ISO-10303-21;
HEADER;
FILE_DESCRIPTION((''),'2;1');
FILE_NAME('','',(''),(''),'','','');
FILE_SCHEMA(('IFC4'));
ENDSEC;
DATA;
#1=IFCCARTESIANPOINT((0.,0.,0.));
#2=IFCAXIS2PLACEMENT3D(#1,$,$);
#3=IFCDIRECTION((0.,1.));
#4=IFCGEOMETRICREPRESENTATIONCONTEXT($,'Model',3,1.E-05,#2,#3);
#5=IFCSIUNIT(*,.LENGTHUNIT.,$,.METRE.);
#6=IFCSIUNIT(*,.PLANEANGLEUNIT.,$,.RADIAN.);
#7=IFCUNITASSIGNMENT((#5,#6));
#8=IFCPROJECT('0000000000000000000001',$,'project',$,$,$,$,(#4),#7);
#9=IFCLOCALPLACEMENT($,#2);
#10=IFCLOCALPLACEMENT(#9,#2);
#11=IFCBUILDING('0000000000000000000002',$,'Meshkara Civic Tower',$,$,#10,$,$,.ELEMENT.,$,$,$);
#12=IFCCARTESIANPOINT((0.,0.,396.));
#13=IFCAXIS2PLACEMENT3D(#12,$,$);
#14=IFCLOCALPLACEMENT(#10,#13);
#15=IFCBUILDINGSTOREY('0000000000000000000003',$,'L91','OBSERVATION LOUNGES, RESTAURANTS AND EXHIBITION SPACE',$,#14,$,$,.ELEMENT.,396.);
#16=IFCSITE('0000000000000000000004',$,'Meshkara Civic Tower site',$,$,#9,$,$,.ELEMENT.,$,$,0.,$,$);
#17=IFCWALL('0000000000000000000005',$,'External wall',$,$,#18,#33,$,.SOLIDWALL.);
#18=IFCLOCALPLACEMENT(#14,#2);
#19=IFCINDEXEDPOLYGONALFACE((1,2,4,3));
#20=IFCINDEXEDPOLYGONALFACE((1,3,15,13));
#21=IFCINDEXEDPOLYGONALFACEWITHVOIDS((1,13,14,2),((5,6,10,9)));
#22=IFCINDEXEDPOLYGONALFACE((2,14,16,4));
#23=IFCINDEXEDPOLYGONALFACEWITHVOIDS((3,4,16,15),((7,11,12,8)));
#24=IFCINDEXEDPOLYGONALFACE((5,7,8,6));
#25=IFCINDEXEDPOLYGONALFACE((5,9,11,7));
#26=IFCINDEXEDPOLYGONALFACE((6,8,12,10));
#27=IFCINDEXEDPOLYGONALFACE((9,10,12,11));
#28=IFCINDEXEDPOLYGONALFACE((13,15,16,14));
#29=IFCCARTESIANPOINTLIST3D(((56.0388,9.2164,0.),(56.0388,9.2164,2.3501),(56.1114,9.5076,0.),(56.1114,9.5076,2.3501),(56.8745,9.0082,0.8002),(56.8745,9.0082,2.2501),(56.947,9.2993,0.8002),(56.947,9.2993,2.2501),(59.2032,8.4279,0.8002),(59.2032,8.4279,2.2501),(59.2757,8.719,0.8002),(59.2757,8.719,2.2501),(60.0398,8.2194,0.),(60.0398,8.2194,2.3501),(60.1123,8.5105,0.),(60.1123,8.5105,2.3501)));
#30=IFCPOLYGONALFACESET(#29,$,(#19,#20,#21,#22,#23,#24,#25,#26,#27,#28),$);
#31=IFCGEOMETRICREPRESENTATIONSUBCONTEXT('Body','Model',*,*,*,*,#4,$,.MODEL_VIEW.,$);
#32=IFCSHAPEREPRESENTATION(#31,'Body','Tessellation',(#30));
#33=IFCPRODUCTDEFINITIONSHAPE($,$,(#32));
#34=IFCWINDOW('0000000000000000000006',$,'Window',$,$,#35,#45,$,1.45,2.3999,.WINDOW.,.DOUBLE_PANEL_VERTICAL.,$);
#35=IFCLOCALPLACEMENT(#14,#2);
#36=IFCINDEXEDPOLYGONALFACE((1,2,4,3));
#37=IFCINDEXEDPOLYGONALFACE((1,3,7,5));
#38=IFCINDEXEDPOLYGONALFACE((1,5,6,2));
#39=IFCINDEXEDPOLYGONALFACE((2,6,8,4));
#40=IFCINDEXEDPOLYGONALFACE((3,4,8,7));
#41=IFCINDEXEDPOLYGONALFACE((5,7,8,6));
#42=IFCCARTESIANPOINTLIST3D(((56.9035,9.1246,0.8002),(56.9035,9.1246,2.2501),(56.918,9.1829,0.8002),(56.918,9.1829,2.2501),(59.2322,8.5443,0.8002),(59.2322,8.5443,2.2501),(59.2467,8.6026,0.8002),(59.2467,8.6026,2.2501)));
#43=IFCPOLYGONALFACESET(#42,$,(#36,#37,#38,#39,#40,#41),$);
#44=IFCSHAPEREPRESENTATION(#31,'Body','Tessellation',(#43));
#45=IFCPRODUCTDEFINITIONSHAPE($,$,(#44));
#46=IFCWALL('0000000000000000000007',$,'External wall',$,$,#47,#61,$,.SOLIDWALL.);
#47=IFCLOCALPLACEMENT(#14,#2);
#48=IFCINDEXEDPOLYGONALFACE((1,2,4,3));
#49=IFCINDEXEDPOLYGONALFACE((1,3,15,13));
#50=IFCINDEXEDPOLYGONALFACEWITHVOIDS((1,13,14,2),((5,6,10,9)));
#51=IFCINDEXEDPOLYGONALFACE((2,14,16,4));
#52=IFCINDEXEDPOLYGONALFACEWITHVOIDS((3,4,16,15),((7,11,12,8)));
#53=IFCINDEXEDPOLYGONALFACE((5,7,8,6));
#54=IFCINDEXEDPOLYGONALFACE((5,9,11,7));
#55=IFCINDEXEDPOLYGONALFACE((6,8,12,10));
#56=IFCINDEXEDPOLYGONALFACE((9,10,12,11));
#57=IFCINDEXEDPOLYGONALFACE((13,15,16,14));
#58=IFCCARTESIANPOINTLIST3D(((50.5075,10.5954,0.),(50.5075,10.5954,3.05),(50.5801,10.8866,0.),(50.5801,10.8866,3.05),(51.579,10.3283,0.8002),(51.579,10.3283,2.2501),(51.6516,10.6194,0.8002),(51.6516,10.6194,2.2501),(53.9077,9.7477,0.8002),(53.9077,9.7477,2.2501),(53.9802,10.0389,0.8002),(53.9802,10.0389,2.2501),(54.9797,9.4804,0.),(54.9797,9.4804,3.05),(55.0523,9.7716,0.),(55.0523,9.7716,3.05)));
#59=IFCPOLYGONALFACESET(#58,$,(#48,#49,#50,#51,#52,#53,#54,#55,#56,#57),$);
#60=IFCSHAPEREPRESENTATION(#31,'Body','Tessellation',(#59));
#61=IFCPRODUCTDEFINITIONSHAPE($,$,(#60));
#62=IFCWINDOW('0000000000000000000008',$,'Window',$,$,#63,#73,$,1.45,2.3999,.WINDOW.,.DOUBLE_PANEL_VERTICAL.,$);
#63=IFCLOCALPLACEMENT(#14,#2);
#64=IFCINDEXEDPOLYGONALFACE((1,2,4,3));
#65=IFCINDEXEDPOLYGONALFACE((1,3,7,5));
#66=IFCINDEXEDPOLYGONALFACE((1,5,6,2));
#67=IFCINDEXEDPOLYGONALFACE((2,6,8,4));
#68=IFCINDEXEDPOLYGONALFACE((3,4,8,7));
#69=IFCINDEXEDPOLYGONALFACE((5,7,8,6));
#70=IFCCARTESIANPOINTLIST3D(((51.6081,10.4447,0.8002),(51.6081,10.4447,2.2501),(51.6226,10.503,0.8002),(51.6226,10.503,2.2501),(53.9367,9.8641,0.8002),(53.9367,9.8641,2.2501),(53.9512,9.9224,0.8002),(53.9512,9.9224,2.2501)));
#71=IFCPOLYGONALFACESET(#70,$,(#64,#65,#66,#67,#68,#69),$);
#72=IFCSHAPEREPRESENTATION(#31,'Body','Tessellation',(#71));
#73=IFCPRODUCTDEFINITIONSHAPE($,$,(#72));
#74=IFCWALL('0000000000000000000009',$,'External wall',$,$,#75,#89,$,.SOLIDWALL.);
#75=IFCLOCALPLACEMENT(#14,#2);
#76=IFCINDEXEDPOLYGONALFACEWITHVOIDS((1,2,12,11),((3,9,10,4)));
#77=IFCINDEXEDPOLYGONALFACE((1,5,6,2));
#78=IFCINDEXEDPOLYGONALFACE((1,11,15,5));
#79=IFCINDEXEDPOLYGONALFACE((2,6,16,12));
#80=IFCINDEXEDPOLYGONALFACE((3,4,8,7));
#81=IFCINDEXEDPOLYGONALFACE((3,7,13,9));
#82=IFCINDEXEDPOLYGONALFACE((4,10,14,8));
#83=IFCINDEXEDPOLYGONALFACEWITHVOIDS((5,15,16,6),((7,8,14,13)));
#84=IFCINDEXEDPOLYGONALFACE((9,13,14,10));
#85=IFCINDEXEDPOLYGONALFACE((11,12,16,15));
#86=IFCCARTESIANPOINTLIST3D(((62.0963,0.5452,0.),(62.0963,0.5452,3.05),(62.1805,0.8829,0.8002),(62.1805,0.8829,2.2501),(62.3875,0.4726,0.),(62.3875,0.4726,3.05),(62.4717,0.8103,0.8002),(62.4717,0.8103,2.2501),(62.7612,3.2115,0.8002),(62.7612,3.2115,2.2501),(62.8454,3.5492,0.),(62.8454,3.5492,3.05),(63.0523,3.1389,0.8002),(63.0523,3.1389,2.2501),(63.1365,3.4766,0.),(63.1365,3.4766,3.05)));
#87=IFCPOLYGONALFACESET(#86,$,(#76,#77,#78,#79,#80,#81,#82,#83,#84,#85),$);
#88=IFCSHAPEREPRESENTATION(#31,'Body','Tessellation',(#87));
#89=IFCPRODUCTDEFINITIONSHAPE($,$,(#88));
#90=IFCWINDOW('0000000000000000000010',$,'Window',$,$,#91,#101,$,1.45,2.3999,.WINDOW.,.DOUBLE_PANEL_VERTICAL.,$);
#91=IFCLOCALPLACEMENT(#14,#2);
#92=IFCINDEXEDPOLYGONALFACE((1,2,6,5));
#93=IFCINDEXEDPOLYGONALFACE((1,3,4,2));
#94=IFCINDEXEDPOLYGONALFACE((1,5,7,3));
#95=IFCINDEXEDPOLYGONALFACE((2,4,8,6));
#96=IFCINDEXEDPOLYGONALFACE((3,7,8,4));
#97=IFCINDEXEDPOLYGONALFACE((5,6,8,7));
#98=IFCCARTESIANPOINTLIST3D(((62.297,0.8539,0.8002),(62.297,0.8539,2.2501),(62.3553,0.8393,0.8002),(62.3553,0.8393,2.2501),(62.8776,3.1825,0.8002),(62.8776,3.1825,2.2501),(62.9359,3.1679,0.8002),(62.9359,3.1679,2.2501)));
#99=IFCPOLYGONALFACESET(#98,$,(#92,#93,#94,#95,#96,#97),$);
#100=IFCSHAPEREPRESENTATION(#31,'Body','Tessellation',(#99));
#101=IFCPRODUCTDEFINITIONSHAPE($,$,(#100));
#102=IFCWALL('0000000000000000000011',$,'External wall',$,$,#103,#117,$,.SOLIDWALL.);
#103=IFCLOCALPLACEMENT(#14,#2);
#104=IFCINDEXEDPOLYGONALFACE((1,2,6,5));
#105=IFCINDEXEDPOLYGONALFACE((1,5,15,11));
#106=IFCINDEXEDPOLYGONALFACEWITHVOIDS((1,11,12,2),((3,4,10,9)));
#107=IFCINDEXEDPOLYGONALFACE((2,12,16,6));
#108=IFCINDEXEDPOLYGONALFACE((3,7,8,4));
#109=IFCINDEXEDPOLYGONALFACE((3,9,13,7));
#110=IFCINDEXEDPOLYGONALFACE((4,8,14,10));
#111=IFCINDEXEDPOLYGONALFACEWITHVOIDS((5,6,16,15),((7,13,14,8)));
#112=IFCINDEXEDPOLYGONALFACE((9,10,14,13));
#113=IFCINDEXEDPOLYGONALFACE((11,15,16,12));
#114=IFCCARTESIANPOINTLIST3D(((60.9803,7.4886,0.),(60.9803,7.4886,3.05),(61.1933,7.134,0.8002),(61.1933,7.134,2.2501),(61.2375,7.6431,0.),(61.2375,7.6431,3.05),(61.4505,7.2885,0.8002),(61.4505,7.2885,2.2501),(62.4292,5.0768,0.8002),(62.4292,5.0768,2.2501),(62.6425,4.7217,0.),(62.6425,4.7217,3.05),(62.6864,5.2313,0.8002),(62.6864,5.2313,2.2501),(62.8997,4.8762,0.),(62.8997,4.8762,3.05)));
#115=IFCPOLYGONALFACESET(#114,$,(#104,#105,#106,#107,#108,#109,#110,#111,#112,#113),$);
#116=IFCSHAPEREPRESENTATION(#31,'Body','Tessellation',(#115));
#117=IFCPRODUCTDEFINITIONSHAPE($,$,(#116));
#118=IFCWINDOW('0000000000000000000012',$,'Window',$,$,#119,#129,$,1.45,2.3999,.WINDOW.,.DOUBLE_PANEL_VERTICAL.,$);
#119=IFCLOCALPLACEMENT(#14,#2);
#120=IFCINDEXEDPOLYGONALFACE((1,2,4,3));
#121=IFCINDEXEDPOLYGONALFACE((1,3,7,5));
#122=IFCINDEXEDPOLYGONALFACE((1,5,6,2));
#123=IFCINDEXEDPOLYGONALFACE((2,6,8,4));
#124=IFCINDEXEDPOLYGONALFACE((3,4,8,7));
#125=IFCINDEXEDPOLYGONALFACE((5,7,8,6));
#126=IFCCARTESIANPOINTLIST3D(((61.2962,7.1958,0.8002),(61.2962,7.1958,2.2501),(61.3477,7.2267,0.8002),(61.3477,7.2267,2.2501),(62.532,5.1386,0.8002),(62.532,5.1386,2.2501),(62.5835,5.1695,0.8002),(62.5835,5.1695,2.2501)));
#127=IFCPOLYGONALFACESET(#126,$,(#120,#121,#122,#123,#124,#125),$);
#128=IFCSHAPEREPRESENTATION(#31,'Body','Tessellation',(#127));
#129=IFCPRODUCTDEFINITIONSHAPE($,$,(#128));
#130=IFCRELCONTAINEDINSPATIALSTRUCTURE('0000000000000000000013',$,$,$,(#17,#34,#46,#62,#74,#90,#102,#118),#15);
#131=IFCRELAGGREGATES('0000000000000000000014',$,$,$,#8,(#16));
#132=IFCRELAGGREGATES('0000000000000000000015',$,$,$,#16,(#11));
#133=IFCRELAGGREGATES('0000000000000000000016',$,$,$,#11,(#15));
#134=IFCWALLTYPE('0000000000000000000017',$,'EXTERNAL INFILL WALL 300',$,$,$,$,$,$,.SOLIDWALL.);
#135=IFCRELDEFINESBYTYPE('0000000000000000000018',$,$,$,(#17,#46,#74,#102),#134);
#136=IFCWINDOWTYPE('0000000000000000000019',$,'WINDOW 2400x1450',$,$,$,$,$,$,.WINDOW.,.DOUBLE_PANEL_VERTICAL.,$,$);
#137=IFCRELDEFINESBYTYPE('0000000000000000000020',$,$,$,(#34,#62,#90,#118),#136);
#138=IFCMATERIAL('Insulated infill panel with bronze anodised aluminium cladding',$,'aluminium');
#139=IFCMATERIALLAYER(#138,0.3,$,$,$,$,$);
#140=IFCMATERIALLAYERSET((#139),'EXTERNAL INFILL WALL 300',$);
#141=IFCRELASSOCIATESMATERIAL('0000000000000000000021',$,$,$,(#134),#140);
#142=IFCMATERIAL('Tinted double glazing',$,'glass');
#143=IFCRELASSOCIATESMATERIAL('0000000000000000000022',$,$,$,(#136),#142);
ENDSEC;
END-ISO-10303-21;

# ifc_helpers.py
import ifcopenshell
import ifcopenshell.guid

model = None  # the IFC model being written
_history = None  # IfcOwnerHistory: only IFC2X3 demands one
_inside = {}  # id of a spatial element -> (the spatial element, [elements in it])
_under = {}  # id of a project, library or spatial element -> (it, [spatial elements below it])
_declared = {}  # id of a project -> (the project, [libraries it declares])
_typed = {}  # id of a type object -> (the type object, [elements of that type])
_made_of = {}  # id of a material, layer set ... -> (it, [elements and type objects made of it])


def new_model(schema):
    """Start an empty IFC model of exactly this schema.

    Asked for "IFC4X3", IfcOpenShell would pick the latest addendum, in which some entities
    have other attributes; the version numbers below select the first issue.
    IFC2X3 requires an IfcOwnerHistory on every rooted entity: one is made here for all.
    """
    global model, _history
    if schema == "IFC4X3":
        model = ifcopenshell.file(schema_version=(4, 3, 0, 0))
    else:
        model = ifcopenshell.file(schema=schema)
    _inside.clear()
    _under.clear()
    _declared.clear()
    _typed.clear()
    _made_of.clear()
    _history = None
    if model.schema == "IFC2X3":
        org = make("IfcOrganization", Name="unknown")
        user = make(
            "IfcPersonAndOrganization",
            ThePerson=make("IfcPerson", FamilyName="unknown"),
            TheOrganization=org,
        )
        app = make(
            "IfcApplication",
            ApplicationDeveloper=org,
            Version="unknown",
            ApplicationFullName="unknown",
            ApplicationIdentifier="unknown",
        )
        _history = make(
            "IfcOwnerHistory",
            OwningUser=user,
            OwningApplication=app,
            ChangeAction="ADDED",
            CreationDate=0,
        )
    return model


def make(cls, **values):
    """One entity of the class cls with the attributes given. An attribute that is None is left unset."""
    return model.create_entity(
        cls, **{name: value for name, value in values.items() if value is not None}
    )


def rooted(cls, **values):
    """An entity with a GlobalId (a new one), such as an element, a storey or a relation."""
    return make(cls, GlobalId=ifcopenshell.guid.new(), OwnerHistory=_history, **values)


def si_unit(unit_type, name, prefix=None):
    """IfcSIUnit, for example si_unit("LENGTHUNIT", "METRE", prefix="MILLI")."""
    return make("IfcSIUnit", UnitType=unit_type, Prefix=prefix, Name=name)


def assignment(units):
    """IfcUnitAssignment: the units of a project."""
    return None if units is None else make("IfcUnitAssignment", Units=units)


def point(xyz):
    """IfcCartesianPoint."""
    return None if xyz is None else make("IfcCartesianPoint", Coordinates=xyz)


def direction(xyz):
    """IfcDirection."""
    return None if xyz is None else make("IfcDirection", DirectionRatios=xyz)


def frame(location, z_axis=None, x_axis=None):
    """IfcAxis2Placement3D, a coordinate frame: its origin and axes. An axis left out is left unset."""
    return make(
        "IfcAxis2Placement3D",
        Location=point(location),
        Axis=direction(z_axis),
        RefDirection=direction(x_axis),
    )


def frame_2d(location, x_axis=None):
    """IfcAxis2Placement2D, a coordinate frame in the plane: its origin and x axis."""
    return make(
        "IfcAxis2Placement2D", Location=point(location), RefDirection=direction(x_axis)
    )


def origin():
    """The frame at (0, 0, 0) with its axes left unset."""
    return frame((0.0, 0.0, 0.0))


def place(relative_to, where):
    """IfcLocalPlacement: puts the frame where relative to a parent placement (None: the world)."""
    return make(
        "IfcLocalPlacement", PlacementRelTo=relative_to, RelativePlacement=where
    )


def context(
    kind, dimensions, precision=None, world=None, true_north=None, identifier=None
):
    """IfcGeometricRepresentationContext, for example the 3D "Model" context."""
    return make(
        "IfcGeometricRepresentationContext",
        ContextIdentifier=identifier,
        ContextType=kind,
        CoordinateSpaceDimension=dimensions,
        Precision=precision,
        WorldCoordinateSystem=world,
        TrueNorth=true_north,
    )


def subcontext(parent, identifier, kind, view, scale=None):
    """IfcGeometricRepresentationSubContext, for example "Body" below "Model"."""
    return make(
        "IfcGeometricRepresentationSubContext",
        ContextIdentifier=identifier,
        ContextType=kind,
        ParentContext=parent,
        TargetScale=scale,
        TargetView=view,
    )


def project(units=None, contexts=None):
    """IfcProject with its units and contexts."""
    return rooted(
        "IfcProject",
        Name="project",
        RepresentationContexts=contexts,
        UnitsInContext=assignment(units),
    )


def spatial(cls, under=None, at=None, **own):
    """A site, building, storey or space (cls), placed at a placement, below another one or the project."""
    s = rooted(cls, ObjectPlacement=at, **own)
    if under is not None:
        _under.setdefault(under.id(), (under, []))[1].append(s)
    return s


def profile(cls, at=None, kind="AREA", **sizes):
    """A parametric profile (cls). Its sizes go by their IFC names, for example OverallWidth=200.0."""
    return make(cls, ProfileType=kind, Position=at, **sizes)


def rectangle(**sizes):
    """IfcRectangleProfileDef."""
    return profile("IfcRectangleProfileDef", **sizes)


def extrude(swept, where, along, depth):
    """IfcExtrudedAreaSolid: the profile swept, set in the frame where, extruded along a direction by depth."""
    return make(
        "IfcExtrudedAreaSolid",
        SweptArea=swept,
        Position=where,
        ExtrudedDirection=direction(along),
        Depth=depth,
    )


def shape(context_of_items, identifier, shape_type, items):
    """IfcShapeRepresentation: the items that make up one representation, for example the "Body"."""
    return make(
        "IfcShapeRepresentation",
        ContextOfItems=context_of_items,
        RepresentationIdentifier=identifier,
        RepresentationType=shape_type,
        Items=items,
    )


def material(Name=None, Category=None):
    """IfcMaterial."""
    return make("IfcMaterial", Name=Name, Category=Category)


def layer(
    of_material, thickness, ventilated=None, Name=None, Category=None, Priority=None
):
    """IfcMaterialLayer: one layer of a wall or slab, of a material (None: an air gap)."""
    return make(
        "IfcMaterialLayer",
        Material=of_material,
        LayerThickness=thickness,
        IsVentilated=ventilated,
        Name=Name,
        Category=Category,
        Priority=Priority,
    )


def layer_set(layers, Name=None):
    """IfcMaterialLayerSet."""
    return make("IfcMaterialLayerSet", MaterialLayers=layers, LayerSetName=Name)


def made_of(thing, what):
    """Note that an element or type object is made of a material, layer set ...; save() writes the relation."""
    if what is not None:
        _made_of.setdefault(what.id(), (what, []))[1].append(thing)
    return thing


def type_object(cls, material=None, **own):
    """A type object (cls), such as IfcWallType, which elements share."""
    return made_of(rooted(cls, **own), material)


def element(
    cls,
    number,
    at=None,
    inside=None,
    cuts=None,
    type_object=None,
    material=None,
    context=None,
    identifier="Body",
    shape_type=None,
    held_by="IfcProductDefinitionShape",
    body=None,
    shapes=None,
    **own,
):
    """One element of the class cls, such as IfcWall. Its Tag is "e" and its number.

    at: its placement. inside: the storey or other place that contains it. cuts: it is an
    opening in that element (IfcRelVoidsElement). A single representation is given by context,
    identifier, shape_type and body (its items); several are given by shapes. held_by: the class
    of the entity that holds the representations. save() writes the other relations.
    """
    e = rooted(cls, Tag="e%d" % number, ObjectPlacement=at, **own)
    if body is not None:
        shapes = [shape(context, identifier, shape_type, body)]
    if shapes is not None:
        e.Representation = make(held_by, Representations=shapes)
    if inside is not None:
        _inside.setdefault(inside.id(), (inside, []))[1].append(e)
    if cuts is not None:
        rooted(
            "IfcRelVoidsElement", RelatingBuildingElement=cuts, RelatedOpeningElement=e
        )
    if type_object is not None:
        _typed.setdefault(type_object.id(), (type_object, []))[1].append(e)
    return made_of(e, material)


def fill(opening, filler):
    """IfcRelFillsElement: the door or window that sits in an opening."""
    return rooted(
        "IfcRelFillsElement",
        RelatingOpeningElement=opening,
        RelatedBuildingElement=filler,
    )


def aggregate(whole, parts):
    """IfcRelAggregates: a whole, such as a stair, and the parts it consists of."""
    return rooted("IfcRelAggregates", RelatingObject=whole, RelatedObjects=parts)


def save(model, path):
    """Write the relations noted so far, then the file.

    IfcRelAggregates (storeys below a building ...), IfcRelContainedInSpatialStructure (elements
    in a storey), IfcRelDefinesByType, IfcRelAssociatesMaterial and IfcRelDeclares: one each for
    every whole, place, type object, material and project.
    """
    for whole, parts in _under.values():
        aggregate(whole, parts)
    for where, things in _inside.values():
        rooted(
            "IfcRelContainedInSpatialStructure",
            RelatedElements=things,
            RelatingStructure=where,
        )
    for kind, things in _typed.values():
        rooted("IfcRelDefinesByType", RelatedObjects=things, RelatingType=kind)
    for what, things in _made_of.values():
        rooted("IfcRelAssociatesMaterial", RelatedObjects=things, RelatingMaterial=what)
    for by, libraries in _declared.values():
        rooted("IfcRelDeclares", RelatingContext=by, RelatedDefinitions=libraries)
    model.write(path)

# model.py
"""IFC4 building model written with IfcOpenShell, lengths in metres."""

from ifc_helpers import new_model, si_unit, direction, frame, frame_2d, origin, place, context, subcontext, project, spatial, rectangle, extrude, material, layer, layer_set, type_object, element, fill, save


model = new_model("IFC4")

# Units and contexts
model_context = context("Model", 3, precision=1e-05, world=origin(), true_north=direction((0.0, 1.0)))
body_context = subcontext(model_context, "Body", "Model", "MODEL_VIEW")
ifc_project = project(units=[si_unit("LENGTHUNIT", "METRE"), si_unit("PLANEANGLEUNIT", "RADIAN")], contexts=[model_context])

# Site, building, storey
site_placement = place(None, origin())
site = spatial("IfcSite", under=ifc_project, at=site_placement, Name="Meshkara Civic Tower site", CompositionType="ELEMENT", RefElevation=0.0)
building_placement = place(site_placement, origin())
building = spatial("IfcBuilding", under=site, at=building_placement, Name="Meshkara Civic Tower", CompositionType="ELEMENT")
storey_placement = place(building_placement, frame((0.0, 0.0, 396.0)))
storey = spatial("IfcBuildingStorey", under=building, at=storey_placement, Name="L91", Description="OBSERVATION LOUNGES, RESTAURANTS AND EXHIBITION SPACE", CompositionType="ELEMENT", Elevation=396.0)

# Walls, openings, windows
ifc_material_1 = material(Name="Insulated infill panel with bronze anodised aluminium cladding", Category="aluminium")
ifc_layer_1 = layer(ifc_material_1, 0.3)
ifc_layer_set_1 = layer_set([ifc_layer_1], Name="EXTERNAL INFILL WALL 300")
wall_type_1 = type_object("IfcWallType", Name="EXTERNAL INFILL WALL 300", PredefinedType="SOLIDWALL", material=ifc_layer_set_1)
wall_1_placement = place(storey_placement, frame((60.0759, 8.365, 0.0), z_axis=(0.0, 0.0, 1.0), x_axis=(-0.970323, 0.241811, 0.0)))
wall_1 = element("IfcWall", 1, at=wall_1_placement, inside=storey, type_object=wall_type_1, Name="External wall", PredefinedType="SOLIDWALL", context=body_context, shape_type="SweptSolid", body=[
    extrude(rectangle(XDim=4.1233, YDim=0.3, at=frame_2d((2.0615, 0.0))), origin(), (0.0, 0.0, 1.0), 2.3501),
])
opening_1_placement = place(wall_1_placement, frame((0.8621, 0.0, 0.8)))
opening_1 = element("IfcOpeningElement", 2, at=opening_1_placement, cuts=wall_1, PredefinedType="OPENING", context=body_context, shape_type="SweptSolid", body=[
    extrude(rectangle(XDim=2.3999, YDim=1.45, at=frame_2d((1.2, 0.7251))), frame((0.0, 0.1599, 0.0), z_axis=(0.0, -1.0, 0.0), x_axis=(1.0, 0.0, 0.0)), (0.0, 0.0, 1.0), 0.3201),
])
ifc_material_2 = material(Name="Tinted double glazing", Category="glass")
window_type = type_object("IfcWindowType", Name="WINDOW 2400x1450", PartitioningType="DOUBLE_PANEL_VERTICAL", PredefinedType="WINDOW", material=ifc_material_2)
window_1_placement = place(opening_1_placement, origin())
window_1 = element("IfcWindow", 3, at=window_1_placement, inside=storey, type_object=window_type, Name="Window", OverallHeight=1.45, OverallWidth=2.3999, PartitioningType="DOUBLE_PANEL_VERTICAL", PredefinedType="WINDOW", context=body_context, shape_type="SweptSolid", body=[
    extrude(rectangle(XDim=2.3999, YDim=1.45, at=frame_2d((1.2, 0.7251))), frame((0.0, 0.03, 0.0), z_axis=(0.0, -1.0, 0.0), x_axis=(1.0, 0.0, 0.0)), (0.0, 0.0, 1.0), 0.0601),
])
fill(opening_1, window_1)
wall_2_placement = place(storey_placement, frame((55.0161, 9.626, 0.0), z_axis=(0.0, 0.0, 1.0), x_axis=(-0.970298, 0.241912, 0.0)))
wall_2 = element("IfcWall", 4, at=wall_2_placement, inside=storey, type_object=wall_type_1, Name="External wall", PredefinedType="SOLIDWALL", context=body_context, shape_type="SweptSolid", body=[
    extrude(rectangle(XDim=4.6091, YDim=0.3, at=frame_2d((2.3047, 0.0))), origin(), (0.0, 0.0, 1.0), 3.05),
])
opening_2_placement = place(wall_2_placement, frame((1.105, 0.0, 0.8)))
opening_2 = element("IfcOpeningElement", 5, at=opening_2_placement, cuts=wall_2, PredefinedType="OPENING", context=body_context, shape_type="SweptSolid", body=[
    extrude(rectangle(XDim=2.3999, YDim=1.45, at=frame_2d((1.2, 0.7251))), frame((0.0, 0.1599, 0.0), z_axis=(0.0, -1.0, 0.0), x_axis=(1.0, 0.0, 0.0)), (0.0, 0.0, 1.0), 0.3201),
])
window_2_placement = place(opening_2_placement, origin())
window_2 = element("IfcWindow", 6, at=window_2_placement, inside=storey, type_object=window_type, Name="Window", OverallHeight=1.45, OverallWidth=2.3999, PartitioningType="DOUBLE_PANEL_VERTICAL", PredefinedType="WINDOW", context=body_context, shape_type="SweptSolid", body=[
    extrude(rectangle(XDim=2.3999, YDim=1.45, at=frame_2d((1.2, 0.7251))), frame((0.0, 0.03, 0.0), z_axis=(0.0, -1.0, 0.0), x_axis=(1.0, 0.0, 0.0)), (0.0, 0.0, 1.0), 0.0601),
])
fill(opening_2, window_2)
wall_3_placement = place(storey_placement, frame((62.2419, 0.509, 0.0), z_axis=(0.0, 0.0, 1.0), x_axis=(0.241942, 0.970291, 0.0)))
wall_3 = element("IfcWall", 7, at=wall_3_placement, inside=storey, type_object=wall_type_1, Name="External wall", PredefinedType="SOLIDWALL", context=body_context, shape_type="SweptSolid", body=[
    extrude(rectangle(XDim=3.0959, YDim=0.3, at=frame_2d((1.5479, 0.0))), origin(), (0.0, 0.0, 1.0), 3.05),
])
opening_3_placement = place(wall_3_placement, frame((0.3479, 0.0, 0.8)))
opening_3 = element("IfcOpeningElement", 8, at=opening_3_placement, cuts=wall_3, PredefinedType="OPENING", context=body_context, shape_type="SweptSolid", body=[
    extrude(rectangle(XDim=2.3999, YDim=1.45, at=frame_2d((1.2, 0.7251))), frame((0.0, 0.1599, 0.0), z_axis=(0.0, -1.0, 0.0), x_axis=(1.0, 0.0, 0.0)), (0.0, 0.0, 1.0), 0.3201),
])
window_3_placement = place(opening_3_placement, origin())
window_3 = element("IfcWindow", 9, at=window_3_placement, inside=storey, type_object=window_type, Name="Window", OverallHeight=1.45, OverallWidth=2.3999, PartitioningType="DOUBLE_PANEL_VERTICAL", PredefinedType="WINDOW", context=body_context, shape_type="SweptSolid", body=[
    extrude(rectangle(XDim=2.3999, YDim=1.45, at=frame_2d((1.2, 0.7251))), frame((0.0, 0.03, 0.0), z_axis=(0.0, -1.0, 0.0), x_axis=(1.0, 0.0, 0.0)), (0.0, 0.0, 1.0), 0.0601),
])
fill(opening_3, window_3)
wall_4_placement = place(storey_placement, frame((62.771, 4.7991, 0.0), z_axis=(0.0, 0.0, 1.0), x_axis=(-0.514952, 0.857219, 0.0)))
wall_4 = element("IfcWall", 10, at=wall_4_placement, inside=storey, type_object=wall_type_1, Name="External wall", PredefinedType="SOLIDWALL", context=body_context, shape_type="SweptSolid", body=[
    extrude(rectangle(XDim=3.2278, YDim=0.3, at=frame_2d((1.6138, 0.0))), origin(), (0.0, 0.0, 1.0), 3.05),
])
opening_4_placement = place(wall_4_placement, frame((0.4141, 0.0, 0.8)))
opening_4 = element("IfcOpeningElement", 11, at=opening_4_placement, cuts=wall_4, PredefinedType="OPENING", context=body_context, shape_type="SweptSolid", body=[
    extrude(rectangle(XDim=2.3999, YDim=1.45, at=frame_2d((1.2, 0.7251))), frame((0.0, 0.1599, 0.0), z_axis=(0.0, -1.0, 0.0), x_axis=(1.0, 0.0, 0.0)), (0.0, 0.0, 1.0), 0.3201),
])
window_4_placement = place(opening_4_placement, origin())
window_4 = element("IfcWindow", 12, at=window_4_placement, inside=storey, type_object=window_type, Name="Window", OverallHeight=1.45, OverallWidth=2.3999, PartitioningType="DOUBLE_PANEL_VERTICAL", PredefinedType="WINDOW", context=body_context, shape_type="SweptSolid", body=[
    extrude(rectangle(XDim=2.3999, YDim=1.45, at=frame_2d((1.2, 0.7251))), frame((0.0, 0.03, 0.0), z_axis=(0.0, -1.0, 0.0), x_axis=(1.0, 0.0, 0.0)), (0.0, 0.0, 1.0), 0.0601),
])
fill(opening_4, window_4)

save(model, "model.ifc")
